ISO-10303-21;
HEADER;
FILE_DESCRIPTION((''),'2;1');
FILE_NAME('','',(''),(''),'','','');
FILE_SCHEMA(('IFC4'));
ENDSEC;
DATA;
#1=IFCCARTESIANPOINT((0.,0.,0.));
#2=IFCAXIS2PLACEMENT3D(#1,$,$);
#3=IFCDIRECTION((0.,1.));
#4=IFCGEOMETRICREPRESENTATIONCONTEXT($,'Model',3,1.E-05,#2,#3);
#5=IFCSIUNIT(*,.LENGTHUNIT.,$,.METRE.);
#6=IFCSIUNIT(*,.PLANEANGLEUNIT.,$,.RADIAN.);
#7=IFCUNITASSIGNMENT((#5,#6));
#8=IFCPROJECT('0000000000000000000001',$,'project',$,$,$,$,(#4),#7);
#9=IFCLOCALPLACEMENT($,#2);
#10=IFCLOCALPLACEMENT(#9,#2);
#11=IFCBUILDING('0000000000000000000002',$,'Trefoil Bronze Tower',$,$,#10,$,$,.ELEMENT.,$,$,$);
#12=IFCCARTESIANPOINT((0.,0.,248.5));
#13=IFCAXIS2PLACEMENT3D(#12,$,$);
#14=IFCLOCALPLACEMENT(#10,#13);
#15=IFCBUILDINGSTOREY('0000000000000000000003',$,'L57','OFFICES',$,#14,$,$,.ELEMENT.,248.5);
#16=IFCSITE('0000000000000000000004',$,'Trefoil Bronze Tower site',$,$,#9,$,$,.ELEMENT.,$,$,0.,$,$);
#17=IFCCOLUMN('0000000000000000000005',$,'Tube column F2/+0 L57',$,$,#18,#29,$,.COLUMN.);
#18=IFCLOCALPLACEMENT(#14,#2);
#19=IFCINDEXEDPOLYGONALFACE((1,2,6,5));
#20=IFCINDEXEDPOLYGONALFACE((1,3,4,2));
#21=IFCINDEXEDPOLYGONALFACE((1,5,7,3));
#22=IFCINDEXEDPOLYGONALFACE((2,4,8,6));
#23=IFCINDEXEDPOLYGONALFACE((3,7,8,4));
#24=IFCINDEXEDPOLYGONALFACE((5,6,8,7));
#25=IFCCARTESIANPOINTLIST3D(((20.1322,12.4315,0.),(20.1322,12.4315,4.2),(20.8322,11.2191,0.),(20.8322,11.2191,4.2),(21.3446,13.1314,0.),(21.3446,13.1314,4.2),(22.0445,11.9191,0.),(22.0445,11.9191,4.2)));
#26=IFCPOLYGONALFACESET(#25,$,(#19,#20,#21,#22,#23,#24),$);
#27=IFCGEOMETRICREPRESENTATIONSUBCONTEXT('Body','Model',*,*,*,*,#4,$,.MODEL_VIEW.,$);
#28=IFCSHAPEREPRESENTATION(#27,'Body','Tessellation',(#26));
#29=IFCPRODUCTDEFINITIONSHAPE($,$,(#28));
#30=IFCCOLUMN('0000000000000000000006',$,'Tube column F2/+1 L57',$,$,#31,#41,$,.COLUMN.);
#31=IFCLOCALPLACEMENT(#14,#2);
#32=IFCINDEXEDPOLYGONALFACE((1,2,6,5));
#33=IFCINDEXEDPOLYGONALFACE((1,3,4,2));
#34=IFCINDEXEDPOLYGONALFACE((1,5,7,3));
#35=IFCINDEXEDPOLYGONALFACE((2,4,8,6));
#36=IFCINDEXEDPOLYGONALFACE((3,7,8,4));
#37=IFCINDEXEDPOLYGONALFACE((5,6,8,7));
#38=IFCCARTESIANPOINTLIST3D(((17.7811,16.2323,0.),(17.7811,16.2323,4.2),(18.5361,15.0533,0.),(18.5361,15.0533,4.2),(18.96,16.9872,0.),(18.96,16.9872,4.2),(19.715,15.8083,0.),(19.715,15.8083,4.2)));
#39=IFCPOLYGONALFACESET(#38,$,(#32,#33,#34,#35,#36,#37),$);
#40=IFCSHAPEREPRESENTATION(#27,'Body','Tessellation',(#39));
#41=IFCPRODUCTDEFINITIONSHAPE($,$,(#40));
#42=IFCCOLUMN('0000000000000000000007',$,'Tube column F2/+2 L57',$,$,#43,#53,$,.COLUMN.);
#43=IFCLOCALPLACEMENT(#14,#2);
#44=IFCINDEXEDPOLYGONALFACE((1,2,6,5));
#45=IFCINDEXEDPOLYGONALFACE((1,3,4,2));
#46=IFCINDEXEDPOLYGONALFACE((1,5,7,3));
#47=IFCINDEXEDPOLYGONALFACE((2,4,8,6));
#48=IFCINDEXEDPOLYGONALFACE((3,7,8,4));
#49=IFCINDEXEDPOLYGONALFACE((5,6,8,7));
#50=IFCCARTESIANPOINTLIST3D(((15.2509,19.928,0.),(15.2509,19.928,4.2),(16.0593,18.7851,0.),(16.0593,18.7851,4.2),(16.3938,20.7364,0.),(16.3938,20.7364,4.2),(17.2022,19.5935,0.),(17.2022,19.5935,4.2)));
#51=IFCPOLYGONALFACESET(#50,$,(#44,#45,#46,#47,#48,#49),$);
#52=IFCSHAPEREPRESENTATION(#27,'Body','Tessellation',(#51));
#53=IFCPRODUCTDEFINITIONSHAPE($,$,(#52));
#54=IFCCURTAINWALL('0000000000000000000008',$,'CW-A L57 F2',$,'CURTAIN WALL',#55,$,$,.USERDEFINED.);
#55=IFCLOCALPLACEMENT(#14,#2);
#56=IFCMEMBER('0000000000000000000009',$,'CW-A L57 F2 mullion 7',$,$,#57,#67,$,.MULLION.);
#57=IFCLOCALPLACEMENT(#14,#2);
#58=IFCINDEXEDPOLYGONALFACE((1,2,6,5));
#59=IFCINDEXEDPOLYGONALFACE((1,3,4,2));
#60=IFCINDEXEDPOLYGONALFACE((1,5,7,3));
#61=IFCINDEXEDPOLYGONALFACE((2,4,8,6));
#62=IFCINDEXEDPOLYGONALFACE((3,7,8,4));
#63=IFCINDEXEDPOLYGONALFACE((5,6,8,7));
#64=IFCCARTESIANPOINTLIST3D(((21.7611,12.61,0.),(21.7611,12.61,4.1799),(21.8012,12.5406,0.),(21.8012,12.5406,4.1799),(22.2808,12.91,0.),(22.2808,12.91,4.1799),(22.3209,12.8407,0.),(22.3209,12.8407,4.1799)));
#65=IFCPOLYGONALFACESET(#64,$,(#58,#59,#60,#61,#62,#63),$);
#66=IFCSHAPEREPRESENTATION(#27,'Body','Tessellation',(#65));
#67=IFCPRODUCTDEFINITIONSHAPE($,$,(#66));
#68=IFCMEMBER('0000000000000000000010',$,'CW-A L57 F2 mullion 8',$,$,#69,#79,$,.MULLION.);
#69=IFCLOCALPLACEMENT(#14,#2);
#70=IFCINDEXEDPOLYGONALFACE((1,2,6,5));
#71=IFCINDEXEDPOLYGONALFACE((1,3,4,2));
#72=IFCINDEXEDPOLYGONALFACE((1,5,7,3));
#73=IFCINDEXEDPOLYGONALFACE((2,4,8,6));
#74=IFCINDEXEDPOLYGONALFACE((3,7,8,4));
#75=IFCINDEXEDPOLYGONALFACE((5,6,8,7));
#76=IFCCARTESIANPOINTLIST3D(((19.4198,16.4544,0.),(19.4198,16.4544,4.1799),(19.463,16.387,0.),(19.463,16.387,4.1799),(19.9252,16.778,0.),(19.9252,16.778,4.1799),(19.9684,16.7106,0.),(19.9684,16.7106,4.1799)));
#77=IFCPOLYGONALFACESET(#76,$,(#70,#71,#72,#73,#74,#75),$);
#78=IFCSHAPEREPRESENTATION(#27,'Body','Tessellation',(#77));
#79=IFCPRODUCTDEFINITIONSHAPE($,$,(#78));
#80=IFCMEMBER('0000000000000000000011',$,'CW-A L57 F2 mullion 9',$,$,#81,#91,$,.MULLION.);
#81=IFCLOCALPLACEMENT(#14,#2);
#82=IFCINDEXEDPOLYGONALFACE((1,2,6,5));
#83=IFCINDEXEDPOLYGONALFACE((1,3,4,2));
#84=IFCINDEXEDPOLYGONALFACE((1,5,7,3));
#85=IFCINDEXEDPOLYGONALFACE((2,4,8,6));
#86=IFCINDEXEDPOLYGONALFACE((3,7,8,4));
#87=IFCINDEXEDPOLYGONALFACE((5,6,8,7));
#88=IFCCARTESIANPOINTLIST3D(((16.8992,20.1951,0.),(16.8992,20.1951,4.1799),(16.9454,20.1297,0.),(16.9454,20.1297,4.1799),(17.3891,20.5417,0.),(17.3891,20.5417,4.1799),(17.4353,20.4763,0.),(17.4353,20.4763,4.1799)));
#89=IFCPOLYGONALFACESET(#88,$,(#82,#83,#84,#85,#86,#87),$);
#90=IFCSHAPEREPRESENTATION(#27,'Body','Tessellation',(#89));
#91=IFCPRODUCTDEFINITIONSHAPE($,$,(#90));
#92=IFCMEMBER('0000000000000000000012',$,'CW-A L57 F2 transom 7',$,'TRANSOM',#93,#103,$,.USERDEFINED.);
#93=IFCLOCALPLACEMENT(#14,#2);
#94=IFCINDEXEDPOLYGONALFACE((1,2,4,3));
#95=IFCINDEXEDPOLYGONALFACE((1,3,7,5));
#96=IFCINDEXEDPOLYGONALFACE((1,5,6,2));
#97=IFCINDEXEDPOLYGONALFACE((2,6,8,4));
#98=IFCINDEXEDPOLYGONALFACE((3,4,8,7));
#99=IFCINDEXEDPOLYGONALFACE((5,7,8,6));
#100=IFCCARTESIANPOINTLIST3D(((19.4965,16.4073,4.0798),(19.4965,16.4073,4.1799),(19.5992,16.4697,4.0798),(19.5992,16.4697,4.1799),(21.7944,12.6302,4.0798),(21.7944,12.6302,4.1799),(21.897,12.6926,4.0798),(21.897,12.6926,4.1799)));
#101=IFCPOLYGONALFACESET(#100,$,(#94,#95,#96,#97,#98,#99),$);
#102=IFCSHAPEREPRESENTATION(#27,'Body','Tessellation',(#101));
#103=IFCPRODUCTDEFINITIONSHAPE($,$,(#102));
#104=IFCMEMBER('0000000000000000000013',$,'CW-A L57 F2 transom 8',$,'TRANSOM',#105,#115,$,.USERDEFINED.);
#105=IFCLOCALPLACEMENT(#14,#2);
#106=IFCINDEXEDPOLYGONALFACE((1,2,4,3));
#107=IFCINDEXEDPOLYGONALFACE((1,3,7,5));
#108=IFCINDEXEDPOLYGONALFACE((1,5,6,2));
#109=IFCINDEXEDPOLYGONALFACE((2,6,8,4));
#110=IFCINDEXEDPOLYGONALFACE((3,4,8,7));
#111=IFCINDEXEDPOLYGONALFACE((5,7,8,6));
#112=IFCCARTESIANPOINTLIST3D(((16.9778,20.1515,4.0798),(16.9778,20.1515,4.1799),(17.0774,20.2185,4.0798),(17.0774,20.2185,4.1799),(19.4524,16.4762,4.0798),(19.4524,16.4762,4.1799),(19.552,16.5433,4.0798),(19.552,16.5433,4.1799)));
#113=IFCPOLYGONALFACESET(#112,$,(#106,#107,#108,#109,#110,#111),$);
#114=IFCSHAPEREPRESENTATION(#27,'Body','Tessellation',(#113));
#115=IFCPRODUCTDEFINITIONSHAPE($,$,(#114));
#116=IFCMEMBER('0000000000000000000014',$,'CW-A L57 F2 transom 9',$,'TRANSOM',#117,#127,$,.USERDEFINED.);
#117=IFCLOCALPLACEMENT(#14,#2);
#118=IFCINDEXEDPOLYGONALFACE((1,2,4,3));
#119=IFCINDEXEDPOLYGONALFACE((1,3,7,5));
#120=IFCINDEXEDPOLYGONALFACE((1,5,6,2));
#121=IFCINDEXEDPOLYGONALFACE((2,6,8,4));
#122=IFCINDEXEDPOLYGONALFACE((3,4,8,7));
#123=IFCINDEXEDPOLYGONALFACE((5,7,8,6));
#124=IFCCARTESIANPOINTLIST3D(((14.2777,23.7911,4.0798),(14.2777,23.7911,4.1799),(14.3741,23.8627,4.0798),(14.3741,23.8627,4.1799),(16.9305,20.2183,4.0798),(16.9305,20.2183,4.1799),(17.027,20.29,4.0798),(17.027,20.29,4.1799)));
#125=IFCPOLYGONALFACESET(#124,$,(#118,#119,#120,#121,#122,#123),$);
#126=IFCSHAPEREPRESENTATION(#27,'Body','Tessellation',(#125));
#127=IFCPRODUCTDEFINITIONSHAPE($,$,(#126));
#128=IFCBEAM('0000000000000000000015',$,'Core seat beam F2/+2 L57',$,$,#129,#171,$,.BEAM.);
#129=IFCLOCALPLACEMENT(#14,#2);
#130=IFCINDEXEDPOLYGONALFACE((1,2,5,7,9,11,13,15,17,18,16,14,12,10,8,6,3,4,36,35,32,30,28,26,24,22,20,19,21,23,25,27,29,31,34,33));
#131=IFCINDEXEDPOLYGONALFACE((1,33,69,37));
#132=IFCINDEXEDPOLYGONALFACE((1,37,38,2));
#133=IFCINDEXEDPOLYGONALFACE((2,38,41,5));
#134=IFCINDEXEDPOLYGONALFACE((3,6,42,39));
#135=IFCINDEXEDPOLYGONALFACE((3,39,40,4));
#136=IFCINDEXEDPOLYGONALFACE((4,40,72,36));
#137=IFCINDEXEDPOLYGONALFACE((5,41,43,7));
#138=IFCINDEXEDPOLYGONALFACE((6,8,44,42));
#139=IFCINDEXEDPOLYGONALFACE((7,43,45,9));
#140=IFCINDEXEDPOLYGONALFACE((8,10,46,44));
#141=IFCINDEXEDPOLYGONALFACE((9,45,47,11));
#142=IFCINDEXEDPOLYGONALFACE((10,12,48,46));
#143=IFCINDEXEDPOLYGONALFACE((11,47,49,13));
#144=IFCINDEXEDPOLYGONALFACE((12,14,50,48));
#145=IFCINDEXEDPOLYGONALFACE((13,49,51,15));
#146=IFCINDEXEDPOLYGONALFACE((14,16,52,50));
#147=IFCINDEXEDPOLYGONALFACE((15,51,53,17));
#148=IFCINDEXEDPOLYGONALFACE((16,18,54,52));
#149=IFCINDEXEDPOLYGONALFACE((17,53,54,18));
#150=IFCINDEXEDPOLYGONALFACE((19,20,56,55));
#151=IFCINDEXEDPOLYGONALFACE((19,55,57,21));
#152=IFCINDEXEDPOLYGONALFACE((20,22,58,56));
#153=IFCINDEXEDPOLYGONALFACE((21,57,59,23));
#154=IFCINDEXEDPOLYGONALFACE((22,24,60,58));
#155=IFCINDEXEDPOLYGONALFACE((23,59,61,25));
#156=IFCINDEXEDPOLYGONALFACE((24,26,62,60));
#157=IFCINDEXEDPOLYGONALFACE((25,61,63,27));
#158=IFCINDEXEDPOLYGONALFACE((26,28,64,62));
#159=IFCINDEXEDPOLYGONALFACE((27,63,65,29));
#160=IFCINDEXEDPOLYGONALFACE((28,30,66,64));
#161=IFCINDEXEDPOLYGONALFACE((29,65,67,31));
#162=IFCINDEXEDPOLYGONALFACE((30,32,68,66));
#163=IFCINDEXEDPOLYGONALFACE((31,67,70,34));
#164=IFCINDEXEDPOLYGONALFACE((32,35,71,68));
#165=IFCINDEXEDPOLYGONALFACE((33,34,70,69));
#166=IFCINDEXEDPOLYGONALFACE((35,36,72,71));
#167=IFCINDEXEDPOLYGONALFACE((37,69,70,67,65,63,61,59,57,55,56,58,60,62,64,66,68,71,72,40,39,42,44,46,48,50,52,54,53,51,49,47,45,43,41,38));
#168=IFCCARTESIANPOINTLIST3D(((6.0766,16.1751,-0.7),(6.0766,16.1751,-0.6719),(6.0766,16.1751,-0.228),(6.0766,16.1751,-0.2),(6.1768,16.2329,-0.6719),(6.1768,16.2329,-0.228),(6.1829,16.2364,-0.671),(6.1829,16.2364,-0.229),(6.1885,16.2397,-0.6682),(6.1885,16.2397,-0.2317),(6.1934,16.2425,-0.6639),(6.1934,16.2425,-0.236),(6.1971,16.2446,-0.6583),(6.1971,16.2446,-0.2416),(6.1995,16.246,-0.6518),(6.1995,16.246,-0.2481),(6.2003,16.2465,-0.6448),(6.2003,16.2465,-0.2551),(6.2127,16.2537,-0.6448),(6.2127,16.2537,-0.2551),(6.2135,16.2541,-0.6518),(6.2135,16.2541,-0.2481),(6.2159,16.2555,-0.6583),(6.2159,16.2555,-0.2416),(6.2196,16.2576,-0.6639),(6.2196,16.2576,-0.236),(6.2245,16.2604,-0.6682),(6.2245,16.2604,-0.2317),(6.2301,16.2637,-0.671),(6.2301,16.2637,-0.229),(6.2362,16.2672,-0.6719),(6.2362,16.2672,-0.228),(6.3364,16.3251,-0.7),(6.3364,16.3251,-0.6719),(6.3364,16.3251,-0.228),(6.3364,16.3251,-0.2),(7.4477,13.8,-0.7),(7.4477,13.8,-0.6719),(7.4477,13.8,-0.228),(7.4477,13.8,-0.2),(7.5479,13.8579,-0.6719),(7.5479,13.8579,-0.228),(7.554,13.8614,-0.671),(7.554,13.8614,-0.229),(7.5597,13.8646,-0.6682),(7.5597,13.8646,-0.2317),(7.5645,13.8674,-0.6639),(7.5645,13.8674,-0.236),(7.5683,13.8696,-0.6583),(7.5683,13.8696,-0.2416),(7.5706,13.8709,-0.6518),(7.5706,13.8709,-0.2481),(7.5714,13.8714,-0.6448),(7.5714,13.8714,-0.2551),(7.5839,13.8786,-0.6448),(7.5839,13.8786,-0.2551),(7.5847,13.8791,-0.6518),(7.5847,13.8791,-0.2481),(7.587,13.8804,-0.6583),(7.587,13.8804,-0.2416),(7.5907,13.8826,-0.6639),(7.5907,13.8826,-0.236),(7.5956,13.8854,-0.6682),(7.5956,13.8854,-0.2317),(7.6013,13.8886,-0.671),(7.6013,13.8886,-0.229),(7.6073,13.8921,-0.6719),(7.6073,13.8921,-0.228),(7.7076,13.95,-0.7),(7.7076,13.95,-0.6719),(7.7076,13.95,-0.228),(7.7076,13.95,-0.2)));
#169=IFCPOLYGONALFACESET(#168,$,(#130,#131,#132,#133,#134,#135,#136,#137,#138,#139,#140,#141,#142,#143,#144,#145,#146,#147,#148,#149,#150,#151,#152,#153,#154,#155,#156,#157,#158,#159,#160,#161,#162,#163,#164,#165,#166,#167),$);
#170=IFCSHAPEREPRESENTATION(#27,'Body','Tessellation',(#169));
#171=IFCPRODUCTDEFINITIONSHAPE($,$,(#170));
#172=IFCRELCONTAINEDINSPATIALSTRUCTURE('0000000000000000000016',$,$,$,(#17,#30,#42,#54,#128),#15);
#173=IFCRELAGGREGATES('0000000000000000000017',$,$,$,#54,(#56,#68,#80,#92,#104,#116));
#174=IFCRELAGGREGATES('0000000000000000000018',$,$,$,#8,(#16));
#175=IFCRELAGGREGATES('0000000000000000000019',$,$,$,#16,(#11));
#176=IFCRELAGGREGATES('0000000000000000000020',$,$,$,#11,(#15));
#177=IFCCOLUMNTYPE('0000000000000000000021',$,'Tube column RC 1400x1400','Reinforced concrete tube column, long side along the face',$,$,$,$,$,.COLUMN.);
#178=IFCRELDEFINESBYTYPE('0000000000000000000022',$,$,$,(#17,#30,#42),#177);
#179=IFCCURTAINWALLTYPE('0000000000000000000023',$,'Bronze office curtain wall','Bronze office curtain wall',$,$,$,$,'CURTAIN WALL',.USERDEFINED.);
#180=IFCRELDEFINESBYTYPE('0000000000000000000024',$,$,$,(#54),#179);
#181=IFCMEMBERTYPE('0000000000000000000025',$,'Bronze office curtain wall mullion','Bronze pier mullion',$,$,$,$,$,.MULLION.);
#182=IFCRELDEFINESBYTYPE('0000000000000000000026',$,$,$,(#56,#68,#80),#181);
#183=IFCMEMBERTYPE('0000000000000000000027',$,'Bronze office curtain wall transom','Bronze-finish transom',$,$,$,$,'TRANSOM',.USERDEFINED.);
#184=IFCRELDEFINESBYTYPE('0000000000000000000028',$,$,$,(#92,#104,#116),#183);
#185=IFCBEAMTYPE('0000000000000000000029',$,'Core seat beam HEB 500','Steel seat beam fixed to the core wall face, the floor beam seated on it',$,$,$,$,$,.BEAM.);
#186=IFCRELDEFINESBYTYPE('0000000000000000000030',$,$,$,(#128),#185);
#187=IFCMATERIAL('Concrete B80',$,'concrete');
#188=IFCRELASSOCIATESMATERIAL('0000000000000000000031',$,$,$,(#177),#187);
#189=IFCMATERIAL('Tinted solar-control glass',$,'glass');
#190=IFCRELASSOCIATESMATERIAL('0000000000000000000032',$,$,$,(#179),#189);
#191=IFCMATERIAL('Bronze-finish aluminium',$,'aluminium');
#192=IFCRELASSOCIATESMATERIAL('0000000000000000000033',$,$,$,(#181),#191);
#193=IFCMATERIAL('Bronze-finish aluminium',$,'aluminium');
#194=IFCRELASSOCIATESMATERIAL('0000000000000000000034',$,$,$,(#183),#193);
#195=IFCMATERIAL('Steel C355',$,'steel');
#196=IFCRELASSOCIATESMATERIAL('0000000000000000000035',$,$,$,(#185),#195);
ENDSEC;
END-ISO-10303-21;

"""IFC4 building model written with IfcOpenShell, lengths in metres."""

from ifc_helpers import new_model, si_unit, direction, frame, origin, origin_2d, place, context, subcontext, project, spatial, rectangle, i_section, extrude, material, material_profile, profile_set, type_object, element, aggregate, save


model = new_model("IFC4")

# Units and contexts
model_context = context("Model", 3, precision=1e-05, world=origin(), true_north=direction((0.0, 1.0)))
body_context = subcontext(model_context, "Body", "Model", "MODEL_VIEW")
ifc_project = project(units=[si_unit("LENGTHUNIT", "METRE"), si_unit("PLANEANGLEUNIT", "RADIAN")], contexts=[model_context])

# Site, building, storey
site_placement = place(None, origin())
site = spatial("IfcSite", under=ifc_project, at=site_placement, Name="Trefoil Bronze Tower site", CompositionType="ELEMENT", RefElevation=0.0)
building_placement = place(site_placement, origin())
building = spatial("IfcBuilding", under=site, at=building_placement, Name="Trefoil Bronze Tower", CompositionType="ELEMENT")
storey_placement = place(building_placement, frame((0.0, 0.0, 248.5)))
storey = spatial("IfcBuildingStorey", under=building, at=storey_placement, Name="L57", Description="OFFICES", CompositionType="ELEMENT", Elevation=248.5)

# Columns
ifc_material_1 = material(Name="Concrete B80", Category="concrete")
ifc_material_profile_1 = material_profile(ifc_material_1, rectangle(XDim=1.3999, YDim=1.3999, at=origin_2d()), Name="RC 1400x1400")
ifc_profile_set_1 = profile_set([ifc_material_profile_1], Name="Concrete B80")
column_type = type_object("IfcColumnType", Name="Tube column RC 1400x1400", Description="Reinforced concrete tube column, long side along the face", PredefinedType="COLUMN", material=ifc_profile_set_1)
for number, where, z_axis, x_axis, name in (
    (1, (21.0884, 12.1753, 0.0), (0.0, 0.0, 1.0), (-0.5, 0.866025, 0.0), "Tube column F2/+0 L57"),
    (2, (18.748, 16.0203, 0.0), (0.0, 0.0, 1.0), (-0.53927, 0.842133, 0.0), "Tube column F2/+1 L57"),
    (3, (16.2266, 19.7607, 0.0), (0.0, 0.0, 1.0), (-0.577481, 0.816404, 0.0), "Tube column F2/+2 L57"),
):
    element("IfcColumn", number, at=place(storey_placement, frame(where, z_axis=z_axis, x_axis=x_axis)), inside=storey, type_object=column_type, Name=name, PredefinedType="COLUMN", context=body_context, shape_type="SweptSolid", body=[
        extrude(rectangle(XDim=1.3999, YDim=1.3999, at=origin_2d()), origin(), (0.0, 0.0, 1.0), 4.2),
    ])

# Curtain wall, members
ifc_material_2 = material(Name="Tinted solar-control glass", Category="glass")
curtain_wall_type = type_object("IfcCurtainWallType", Name="Bronze office curtain wall", Description="Bronze office curtain wall", ElementType="CURTAIN WALL", PredefinedType="USERDEFINED", material=ifc_material_2)
curtain_wall_placement = place(storey_placement, origin())
curtain_wall = element("IfcCurtainWall", 4, at=curtain_wall_placement, inside=storey, type_object=curtain_wall_type, Name="CW-A L57 F2", ObjectType="CURTAIN WALL", PredefinedType="USERDEFINED")
ifc_material_3 = material(Name="Bronze-finish aluminium", Category="aluminium")
ifc_material_profile_2 = material_profile(ifc_material_3, rectangle(XDim=0.6001, YDim=0.0801, at=origin_2d()), Name="CW-A mullion")
ifc_profile_set_2 = profile_set([ifc_material_profile_2], Name="Bronze-finish aluminium")
member_type_1 = type_object("IfcMemberType", Name="Bronze office curtain wall mullion", Description="Bronze pier mullion", PredefinedType="MULLION", material=ifc_profile_set_2)
member_1_placement = place(storey_placement, frame((22.041, 12.7253, 0.0), z_axis=(0.0, 0.0, 1.0), x_axis=(-0.866025, -0.5, 0.0)))
member_1 = element("IfcMember", 5, at=member_1_placement, type_object=member_type_1, Name="CW-A L57 F2 mullion 7", PredefinedType="MULLION", context=body_context, shape_type="SweptSolid", body=[
    extrude(rectangle(XDim=0.6001, YDim=0.0801, at=origin_2d()), origin(), (0.0, 0.0, 1.0), 4.1799),
])
member_2_placement = place(storey_placement, frame((19.6941, 16.5825, 0.0), z_axis=(0.0, 0.0, 1.0), x_axis=(-0.842133, -0.53927, 0.0)))
member_2 = element("IfcMember", 6, at=member_2_placement, type_object=member_type_1, Name="CW-A L57 F2 mullion 8", PredefinedType="MULLION", context=body_context, shape_type="SweptSolid", body=[
    extrude(rectangle(XDim=0.6001, YDim=0.0801, at=origin_2d()), origin(), (0.0, 0.0, 1.0), 4.1799),
])
member_3_placement = place(storey_placement, frame((17.1672, 20.3357, 0.0), z_axis=(0.0, 0.0, 1.0), x_axis=(-0.816404, -0.577481, 0.0)))
member_3 = element("IfcMember", 7, at=member_3_placement, type_object=member_type_1, Name="CW-A L57 F2 mullion 9", PredefinedType="MULLION", context=body_context, shape_type="SweptSolid", body=[
    extrude(rectangle(XDim=0.6001, YDim=0.0801, at=origin_2d()), origin(), (0.0, 0.0, 1.0), 4.1799),
])
ifc_material_4 = material(Name="Bronze-finish aluminium", Category="aluminium")
ifc_material_profile_3 = material_profile(ifc_material_4, rectangle(XDim=0.1201, YDim=0.1001, at=origin_2d()), Name="CW-A transom")
ifc_profile_set_3 = profile_set([ifc_material_profile_3], Name="Bronze-finish aluminium")
member_type_2 = type_object("IfcMemberType", Name="Bronze office curtain wall transom", Description="Bronze-finish transom", ElementType="TRANSOM", PredefinedType="USERDEFINED", material=ifc_profile_set_3)
member_4_placement = place(storey_placement, frame((21.8457, 12.6614, 4.1299), z_axis=(-0.51974, 0.854324, 0.0), x_axis=(-0.854324, -0.51974, 0.0)))
member_4 = element("IfcMember", 8, at=member_4_placement, type_object=member_type_2, Name="CW-A L57 F2 transom 7", ObjectType="TRANSOM", PredefinedType="USERDEFINED", context=body_context, shape_type="SweptSolid", body=[
    extrude(rectangle(XDim=0.1201, YDim=0.1001, at=origin_2d()), origin(), (0.0, 0.0, 1.0), 4.4211),
])
member_5_placement = place(storey_placement, frame((19.5022, 16.5098, 4.1299), z_axis=(-0.558509, 0.829498, 0.0), x_axis=(-0.829498, -0.558509, 0.0)))
member_5 = element("IfcMember", 9, at=member_5_placement, type_object=member_type_2, Name="CW-A L57 F2 transom 8", ObjectType="TRANSOM", PredefinedType="USERDEFINED", context=body_context, shape_type="SweptSolid", body=[
    extrude(rectangle(XDim=0.1201, YDim=0.1001, at=origin_2d()), origin(), (0.0, 0.0, 1.0), 4.4307),
])
member_6_placement = place(storey_placement, frame((16.9788, 20.2542, 4.1299), z_axis=(-0.596148, 0.802874, 0.0), x_axis=(-0.802874, -0.596148, 0.0)))
member_6 = element("IfcMember", 10, at=member_6_placement, type_object=member_type_2, Name="CW-A L57 F2 transom 9", ObjectType="TRANSOM", PredefinedType="USERDEFINED", context=body_context, shape_type="SweptSolid", body=[
    extrude(rectangle(XDim=0.1201, YDim=0.1001, at=origin_2d()), origin(), (0.0, 0.0, 1.0), 4.45),
])

# Beam
ifc_material_5 = material(Name="Steel C355", Category="steel")
ifc_material_profile_4 = material_profile(ifc_material_5, i_section(OverallWidth=0.3, OverallDepth=0.5, WebThickness=0.0144, FlangeThickness=0.0281, FilletRadius=0.0271, at=origin_2d()), Name="HEB 500")
ifc_profile_set_4 = profile_set([ifc_material_profile_4], Name="Steel C355")
beam_type_1 = type_object("IfcBeamType", Name="Core seat beam HEB 500", Description="Steel seat beam fixed to the core wall face, the floor beam seated on it", PredefinedType="BEAM", material=ifc_profile_set_4)
beam_1_placement = place(storey_placement, frame((7.5776, 13.875, -0.45), z_axis=(-0.499969, 0.866043, 0.0), x_axis=(-0.866043, -0.499969, 0.0)))
element("IfcBeam", 11, at=beam_1_placement, inside=storey, type_object=beam_type_1, Name="Core seat beam F2/+2 L57", PredefinedType="BEAM", context=body_context, shape_type="SweptSolid", body=[
    extrude(i_section(OverallWidth=0.3, OverallDepth=0.5, WebThickness=0.0144, FlangeThickness=0.0281, FilletRadius=0.0271, at=origin_2d()), origin(), (0.0, 0.0, 1.0), 2.7424),
])

aggregate(curtain_wall, [member_1, member_2, member_3, member_4, member_5, member_6])

save(model, "model.ifc")
